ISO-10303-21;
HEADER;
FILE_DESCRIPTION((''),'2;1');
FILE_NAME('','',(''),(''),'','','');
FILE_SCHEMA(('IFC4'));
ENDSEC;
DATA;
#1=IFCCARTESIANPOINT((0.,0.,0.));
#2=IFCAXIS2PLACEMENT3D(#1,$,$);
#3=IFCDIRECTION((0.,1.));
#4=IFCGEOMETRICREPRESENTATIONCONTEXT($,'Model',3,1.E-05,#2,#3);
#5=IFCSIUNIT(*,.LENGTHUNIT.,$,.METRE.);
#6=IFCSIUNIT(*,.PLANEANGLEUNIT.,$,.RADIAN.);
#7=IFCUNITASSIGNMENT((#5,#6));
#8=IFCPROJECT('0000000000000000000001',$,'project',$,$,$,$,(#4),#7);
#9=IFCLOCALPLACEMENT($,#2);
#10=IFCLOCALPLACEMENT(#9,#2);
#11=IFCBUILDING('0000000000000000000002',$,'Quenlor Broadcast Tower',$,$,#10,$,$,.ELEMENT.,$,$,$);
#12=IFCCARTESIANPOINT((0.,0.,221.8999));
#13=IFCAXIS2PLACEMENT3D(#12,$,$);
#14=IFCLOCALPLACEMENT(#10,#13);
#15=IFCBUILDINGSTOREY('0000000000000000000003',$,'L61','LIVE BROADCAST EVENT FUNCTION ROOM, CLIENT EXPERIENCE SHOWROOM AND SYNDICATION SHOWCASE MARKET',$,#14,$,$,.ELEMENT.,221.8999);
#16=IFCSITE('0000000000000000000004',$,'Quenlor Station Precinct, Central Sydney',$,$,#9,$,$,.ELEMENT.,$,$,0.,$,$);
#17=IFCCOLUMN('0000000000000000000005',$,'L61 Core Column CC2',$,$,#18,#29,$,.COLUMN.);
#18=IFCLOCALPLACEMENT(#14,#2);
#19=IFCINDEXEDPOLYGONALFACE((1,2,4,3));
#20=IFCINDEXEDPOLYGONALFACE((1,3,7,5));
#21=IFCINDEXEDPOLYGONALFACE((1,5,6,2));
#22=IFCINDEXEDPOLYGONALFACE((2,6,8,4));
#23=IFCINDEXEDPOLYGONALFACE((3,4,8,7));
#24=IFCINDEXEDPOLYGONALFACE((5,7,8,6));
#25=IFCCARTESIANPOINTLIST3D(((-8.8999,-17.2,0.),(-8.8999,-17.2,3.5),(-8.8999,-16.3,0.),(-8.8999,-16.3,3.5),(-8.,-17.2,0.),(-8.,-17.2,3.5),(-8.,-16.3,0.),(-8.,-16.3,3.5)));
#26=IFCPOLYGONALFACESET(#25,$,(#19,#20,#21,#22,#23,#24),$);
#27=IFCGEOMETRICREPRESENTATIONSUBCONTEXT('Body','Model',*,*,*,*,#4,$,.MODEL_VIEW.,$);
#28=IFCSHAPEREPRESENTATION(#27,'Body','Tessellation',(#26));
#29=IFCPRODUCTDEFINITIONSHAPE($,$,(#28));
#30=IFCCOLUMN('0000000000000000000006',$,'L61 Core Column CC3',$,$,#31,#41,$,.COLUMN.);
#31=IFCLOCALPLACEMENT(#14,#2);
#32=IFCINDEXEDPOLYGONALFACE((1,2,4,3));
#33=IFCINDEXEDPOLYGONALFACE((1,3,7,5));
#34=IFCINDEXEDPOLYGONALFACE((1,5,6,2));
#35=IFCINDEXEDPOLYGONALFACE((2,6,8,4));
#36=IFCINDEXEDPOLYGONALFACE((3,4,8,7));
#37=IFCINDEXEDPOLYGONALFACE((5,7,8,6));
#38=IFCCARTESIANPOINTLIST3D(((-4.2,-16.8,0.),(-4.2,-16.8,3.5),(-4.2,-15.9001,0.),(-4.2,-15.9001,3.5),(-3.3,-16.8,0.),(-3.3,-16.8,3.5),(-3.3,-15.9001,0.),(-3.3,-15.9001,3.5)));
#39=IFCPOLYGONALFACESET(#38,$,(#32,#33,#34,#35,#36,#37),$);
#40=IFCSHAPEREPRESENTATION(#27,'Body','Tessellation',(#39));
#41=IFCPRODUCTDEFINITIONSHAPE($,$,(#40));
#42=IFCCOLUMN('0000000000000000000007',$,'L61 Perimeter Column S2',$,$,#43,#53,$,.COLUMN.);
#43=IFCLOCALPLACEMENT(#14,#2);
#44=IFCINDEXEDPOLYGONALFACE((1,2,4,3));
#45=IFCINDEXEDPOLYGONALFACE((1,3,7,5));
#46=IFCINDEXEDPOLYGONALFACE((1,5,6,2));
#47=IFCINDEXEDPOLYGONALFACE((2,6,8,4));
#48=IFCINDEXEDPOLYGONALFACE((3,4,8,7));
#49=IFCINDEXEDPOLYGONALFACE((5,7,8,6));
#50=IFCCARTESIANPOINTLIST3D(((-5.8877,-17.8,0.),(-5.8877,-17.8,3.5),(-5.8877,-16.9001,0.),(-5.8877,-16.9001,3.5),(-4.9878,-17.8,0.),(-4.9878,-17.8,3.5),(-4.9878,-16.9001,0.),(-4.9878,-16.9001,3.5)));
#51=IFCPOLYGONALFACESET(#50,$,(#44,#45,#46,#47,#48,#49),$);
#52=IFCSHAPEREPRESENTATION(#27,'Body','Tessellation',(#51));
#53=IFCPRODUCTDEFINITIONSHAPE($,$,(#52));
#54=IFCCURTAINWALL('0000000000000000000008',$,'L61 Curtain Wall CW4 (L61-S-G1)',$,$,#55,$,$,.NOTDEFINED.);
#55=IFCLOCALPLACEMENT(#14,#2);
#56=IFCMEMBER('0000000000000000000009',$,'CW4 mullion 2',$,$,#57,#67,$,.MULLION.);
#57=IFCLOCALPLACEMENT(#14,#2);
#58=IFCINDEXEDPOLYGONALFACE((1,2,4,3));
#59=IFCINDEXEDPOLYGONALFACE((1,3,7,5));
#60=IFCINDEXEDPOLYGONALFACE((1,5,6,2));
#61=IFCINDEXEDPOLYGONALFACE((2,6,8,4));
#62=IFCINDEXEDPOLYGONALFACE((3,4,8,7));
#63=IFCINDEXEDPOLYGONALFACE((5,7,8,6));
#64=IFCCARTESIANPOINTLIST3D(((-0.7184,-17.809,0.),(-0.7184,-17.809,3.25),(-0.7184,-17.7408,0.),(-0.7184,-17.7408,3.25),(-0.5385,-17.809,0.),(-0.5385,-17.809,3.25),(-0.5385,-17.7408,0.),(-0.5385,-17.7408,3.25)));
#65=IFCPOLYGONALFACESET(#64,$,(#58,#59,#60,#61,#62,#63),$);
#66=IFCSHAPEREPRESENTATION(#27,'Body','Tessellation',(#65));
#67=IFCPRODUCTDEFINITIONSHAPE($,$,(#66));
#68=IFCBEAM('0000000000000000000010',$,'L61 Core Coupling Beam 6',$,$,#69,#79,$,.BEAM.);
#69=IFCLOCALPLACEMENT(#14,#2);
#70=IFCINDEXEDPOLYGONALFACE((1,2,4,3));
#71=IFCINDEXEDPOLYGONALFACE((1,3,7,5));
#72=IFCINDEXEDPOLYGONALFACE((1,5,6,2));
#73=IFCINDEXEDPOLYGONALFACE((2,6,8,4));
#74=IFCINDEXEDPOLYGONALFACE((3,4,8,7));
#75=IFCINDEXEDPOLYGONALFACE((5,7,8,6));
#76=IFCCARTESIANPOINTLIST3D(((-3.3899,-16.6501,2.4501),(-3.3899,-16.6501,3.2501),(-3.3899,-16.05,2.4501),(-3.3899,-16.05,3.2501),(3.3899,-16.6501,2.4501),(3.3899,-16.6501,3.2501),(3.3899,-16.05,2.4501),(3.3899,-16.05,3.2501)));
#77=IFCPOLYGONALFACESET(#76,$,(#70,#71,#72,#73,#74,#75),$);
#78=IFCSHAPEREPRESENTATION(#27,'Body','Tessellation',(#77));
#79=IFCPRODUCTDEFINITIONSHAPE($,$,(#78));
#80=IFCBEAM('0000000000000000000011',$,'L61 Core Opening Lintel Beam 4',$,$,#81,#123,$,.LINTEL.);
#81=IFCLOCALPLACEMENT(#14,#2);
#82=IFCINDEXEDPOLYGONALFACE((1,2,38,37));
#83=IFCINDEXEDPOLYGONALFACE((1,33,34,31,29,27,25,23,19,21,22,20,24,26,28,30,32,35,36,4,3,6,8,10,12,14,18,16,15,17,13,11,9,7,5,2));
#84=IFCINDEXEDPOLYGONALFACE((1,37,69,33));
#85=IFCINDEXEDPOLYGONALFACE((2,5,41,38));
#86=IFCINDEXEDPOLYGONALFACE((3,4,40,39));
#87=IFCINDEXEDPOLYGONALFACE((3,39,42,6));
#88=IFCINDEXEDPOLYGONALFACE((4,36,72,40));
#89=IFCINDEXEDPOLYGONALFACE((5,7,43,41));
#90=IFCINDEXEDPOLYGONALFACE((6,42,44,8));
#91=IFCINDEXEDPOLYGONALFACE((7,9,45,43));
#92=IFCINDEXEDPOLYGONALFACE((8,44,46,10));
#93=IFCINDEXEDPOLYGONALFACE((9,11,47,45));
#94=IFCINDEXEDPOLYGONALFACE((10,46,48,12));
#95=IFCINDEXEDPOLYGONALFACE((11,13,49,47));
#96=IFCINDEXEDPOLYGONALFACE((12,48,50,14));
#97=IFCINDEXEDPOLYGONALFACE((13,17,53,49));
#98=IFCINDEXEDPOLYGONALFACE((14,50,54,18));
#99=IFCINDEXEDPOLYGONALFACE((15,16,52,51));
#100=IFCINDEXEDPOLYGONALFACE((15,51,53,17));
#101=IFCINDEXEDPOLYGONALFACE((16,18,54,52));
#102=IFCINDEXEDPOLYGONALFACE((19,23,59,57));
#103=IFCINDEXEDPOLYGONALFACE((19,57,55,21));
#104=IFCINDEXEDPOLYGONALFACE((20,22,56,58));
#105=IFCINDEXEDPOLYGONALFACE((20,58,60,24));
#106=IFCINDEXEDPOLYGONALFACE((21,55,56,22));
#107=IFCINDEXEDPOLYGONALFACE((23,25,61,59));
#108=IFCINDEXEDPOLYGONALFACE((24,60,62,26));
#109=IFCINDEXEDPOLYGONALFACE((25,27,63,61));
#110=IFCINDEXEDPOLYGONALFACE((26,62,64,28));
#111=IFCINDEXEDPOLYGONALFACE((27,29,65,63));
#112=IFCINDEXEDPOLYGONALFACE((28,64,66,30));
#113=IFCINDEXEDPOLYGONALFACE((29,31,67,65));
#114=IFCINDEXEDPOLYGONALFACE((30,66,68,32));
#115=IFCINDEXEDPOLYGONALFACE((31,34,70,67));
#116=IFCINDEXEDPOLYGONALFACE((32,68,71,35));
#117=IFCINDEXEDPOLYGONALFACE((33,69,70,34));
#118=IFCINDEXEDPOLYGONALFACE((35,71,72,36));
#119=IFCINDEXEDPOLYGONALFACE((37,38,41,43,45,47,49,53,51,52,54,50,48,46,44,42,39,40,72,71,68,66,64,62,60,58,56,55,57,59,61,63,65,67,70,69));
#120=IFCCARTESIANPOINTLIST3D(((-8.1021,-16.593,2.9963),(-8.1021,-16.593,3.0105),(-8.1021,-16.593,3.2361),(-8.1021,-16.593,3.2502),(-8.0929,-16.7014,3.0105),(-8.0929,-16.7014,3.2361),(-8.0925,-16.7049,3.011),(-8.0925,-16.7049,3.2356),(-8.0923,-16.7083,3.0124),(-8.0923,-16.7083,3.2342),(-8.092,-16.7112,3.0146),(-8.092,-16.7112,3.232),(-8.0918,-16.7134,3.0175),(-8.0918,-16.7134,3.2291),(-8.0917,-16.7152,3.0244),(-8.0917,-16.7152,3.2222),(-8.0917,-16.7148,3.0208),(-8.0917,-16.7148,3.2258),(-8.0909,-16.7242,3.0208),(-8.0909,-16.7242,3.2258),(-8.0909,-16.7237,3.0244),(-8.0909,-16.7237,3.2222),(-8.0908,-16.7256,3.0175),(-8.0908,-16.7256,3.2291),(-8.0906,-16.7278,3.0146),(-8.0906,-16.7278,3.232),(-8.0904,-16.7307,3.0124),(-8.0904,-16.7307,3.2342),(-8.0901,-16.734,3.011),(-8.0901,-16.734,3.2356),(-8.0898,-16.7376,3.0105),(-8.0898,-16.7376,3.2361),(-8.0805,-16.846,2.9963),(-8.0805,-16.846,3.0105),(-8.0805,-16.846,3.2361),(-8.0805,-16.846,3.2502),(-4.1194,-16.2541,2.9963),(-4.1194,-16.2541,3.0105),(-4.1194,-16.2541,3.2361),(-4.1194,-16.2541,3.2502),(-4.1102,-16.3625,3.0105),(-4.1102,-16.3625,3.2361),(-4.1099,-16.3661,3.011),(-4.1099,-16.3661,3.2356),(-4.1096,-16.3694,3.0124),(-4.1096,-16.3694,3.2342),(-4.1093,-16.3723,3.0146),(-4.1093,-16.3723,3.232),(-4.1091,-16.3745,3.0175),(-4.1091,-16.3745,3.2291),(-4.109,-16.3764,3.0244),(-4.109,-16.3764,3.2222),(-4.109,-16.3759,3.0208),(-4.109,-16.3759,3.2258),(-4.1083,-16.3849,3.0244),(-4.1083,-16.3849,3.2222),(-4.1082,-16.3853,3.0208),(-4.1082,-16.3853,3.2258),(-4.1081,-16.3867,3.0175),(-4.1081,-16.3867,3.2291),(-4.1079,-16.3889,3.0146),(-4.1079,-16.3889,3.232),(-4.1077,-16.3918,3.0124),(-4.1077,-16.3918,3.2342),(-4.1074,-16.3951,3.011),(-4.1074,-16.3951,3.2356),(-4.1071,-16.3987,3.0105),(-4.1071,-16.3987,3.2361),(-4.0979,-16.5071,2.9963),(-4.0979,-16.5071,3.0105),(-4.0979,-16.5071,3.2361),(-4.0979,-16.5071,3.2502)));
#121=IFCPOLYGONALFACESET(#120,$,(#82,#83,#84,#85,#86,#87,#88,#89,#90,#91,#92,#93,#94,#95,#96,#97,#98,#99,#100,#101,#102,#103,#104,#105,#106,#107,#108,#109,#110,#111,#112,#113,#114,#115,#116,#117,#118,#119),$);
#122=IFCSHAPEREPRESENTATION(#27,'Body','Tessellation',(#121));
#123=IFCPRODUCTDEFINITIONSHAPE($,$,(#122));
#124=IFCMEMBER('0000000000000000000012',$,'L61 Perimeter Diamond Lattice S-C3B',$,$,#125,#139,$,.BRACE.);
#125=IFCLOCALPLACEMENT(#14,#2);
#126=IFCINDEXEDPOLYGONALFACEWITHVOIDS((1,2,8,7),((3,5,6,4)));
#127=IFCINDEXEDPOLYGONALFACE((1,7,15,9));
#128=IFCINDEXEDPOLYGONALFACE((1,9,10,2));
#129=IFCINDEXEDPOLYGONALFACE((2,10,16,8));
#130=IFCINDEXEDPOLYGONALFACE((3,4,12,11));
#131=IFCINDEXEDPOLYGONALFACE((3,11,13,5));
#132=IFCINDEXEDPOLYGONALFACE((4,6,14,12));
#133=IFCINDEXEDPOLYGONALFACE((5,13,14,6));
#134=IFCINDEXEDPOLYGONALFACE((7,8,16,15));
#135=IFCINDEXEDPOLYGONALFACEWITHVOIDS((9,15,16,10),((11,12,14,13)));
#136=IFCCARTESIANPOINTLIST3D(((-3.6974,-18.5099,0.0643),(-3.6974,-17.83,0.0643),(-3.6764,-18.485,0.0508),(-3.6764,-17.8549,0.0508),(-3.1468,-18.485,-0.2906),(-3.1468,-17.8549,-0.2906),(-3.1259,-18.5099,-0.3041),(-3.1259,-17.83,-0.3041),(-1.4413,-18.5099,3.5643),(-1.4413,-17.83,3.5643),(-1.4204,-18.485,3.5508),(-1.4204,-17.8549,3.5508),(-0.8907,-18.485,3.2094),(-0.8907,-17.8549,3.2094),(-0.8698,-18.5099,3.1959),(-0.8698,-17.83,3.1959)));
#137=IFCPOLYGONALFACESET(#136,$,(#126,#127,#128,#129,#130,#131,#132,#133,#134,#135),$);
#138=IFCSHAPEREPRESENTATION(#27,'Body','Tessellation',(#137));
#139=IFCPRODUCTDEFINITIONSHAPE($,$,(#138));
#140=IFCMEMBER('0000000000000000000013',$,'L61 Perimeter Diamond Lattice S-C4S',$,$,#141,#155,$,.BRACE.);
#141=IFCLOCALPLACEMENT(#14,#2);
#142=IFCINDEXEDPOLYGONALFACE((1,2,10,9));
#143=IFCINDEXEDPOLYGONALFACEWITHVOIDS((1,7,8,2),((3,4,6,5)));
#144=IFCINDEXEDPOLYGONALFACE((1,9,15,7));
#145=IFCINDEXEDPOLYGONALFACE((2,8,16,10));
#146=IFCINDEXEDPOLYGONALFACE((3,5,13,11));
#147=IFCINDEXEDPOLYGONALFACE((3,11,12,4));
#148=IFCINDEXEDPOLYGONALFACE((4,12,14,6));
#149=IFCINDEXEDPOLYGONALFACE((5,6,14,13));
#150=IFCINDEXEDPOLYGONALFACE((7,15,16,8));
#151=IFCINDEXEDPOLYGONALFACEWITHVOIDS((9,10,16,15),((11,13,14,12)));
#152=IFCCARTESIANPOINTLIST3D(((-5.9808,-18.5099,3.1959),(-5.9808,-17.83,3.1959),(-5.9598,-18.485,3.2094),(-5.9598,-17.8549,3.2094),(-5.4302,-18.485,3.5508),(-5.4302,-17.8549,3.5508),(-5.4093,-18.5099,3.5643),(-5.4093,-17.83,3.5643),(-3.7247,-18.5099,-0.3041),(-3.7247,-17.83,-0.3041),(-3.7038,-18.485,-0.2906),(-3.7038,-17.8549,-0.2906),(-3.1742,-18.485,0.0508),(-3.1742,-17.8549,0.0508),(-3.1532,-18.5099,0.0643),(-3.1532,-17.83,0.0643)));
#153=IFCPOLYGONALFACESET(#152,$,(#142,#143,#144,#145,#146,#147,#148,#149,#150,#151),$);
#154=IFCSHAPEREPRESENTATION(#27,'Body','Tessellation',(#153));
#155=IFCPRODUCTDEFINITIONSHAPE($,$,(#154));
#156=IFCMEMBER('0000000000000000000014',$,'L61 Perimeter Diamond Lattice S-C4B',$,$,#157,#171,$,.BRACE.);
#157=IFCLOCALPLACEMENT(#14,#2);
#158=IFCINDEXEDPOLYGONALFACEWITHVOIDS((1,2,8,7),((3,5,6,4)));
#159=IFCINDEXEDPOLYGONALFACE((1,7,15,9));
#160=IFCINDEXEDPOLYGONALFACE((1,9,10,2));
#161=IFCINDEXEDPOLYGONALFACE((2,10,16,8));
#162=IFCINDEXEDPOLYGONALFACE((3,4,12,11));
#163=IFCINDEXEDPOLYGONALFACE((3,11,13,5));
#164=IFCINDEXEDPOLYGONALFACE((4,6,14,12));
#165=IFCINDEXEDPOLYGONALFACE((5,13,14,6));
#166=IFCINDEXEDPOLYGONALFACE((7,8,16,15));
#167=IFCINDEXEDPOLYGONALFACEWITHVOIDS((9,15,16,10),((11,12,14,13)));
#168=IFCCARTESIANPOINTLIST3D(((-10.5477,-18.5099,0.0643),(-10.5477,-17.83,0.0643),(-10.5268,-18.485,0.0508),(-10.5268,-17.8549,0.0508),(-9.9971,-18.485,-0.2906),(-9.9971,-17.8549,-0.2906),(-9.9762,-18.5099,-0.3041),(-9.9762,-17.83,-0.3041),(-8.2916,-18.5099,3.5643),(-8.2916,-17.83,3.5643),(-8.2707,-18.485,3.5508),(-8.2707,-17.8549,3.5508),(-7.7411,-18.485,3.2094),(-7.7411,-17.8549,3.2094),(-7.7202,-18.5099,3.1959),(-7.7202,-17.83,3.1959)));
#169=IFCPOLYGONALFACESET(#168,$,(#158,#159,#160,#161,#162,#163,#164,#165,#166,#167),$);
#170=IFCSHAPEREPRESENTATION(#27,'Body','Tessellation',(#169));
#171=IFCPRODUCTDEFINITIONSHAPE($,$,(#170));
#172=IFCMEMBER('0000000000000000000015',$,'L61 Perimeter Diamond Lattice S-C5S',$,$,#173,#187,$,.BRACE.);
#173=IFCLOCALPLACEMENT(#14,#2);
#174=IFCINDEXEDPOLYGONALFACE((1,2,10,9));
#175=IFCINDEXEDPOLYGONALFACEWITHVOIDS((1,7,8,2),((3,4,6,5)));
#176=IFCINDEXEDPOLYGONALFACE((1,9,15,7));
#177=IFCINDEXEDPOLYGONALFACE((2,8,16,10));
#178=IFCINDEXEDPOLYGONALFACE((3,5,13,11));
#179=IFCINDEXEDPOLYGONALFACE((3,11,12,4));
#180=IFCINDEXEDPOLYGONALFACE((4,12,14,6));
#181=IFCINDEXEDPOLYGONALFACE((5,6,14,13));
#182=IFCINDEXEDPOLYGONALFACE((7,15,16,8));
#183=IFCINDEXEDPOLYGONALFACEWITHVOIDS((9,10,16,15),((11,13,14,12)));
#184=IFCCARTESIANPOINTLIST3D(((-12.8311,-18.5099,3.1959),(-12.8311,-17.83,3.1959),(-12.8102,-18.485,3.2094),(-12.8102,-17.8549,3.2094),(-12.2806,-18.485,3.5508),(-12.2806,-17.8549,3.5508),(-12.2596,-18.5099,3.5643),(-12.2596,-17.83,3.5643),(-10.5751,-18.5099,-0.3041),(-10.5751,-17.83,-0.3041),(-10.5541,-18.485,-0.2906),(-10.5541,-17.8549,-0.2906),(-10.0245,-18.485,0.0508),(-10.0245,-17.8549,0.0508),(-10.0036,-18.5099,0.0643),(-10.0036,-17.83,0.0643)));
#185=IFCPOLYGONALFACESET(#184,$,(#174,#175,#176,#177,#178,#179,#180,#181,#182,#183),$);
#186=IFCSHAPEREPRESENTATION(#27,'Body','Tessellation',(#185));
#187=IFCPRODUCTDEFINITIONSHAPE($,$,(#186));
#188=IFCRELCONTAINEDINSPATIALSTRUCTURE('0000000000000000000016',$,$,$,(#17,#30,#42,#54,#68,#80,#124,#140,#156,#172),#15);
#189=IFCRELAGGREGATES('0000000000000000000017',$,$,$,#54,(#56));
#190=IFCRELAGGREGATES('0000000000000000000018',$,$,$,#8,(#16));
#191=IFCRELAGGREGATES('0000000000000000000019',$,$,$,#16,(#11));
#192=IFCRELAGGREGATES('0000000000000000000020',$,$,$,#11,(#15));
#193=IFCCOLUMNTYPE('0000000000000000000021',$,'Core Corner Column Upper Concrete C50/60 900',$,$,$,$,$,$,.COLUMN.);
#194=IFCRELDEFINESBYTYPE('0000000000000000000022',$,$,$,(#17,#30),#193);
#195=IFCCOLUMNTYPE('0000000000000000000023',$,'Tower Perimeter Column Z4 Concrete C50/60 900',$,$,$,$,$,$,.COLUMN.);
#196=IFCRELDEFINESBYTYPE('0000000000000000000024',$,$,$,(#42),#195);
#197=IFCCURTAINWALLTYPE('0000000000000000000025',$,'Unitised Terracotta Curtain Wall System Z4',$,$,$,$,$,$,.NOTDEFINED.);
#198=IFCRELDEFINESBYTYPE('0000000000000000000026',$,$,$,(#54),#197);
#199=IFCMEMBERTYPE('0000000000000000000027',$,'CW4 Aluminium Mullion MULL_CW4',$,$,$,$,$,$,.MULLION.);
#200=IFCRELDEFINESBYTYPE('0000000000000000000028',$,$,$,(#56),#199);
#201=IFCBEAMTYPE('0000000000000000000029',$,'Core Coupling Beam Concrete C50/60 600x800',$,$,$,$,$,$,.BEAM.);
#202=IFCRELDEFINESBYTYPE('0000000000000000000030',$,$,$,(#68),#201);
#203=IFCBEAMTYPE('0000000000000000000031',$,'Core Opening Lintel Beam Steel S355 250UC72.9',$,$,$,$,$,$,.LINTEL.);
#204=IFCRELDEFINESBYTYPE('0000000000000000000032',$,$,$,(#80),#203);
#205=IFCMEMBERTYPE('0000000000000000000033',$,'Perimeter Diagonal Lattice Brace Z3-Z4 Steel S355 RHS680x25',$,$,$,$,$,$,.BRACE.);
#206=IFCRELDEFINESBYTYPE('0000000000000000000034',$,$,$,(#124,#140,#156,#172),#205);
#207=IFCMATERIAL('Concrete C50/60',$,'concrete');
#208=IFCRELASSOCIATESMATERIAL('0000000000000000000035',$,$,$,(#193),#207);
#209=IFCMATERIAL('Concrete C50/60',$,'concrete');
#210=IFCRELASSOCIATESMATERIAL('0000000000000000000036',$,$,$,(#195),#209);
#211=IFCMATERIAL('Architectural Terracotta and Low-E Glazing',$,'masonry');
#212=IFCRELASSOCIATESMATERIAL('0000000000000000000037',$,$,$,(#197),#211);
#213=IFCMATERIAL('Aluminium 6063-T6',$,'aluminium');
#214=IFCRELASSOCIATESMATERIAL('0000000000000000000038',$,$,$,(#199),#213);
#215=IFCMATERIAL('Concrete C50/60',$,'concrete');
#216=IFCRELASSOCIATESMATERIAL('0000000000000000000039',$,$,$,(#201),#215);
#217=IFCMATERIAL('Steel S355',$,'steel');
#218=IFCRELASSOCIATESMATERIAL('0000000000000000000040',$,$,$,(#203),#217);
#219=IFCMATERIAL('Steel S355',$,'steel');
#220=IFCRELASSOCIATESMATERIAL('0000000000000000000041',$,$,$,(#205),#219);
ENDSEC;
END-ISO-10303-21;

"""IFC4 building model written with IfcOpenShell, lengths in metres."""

from ifc_helpers import new_model, si_unit, direction, frame, origin, origin_2d, place, context, subcontext, project, spatial, rectangle, hollow_rectangle, i_section, extrude, material, material_profile, profile_set, type_object, element, aggregate, save


model = new_model("IFC4")

# Units and contexts
model_context = context("Model", 3, precision=1e-05, world=origin(), true_north=direction((0.0, 1.0)))
body_context = subcontext(model_context, "Body", "Model", "MODEL_VIEW")
ifc_project = project(units=[si_unit("LENGTHUNIT", "METRE"), si_unit("PLANEANGLEUNIT", "RADIAN")], contexts=[model_context])

# Site, building, storey
site_placement = place(None, origin())
site = spatial("IfcSite", under=ifc_project, at=site_placement, Name="Quenlor Station Precinct, Central Sydney", CompositionType="ELEMENT", RefElevation=0.0)
building_placement = place(site_placement, origin())
building = spatial("IfcBuilding", under=site, at=building_placement, Name="Quenlor Broadcast Tower", CompositionType="ELEMENT")
storey_placement = place(building_placement, frame((0.0, 0.0, 221.8999)))
storey = spatial("IfcBuildingStorey", under=building, at=storey_placement, Name="L61", Description="LIVE BROADCAST EVENT FUNCTION ROOM, CLIENT EXPERIENCE SHOWROOM AND SYNDICATION SHOWCASE MARKET", CompositionType="ELEMENT", Elevation=221.8999)

# Columns
ifc_material_1 = material(Name="Concrete C50/60", Category="concrete")
ifc_material_profile_1 = material_profile(ifc_material_1, rectangle(XDim=0.8999, YDim=0.8999, at=origin_2d()))
ifc_profile_set_1 = profile_set([ifc_material_profile_1], Name="Concrete C50/60 RC900x900")
column_type_1 = type_object("IfcColumnType", Name="Core Corner Column Upper Concrete C50/60 900", PredefinedType="COLUMN", material=ifc_profile_set_1)
for number, where, z_axis, x_axis, name in (
    (1, (-8.45, -16.75, 0.0), (0.0, 0.0, 1.0), (1.0, 0.0, 0.0), "L61 Core Column CC2"),
    (2, (-3.75, -16.3501, 0.0), (0.0, 0.0, 1.0), (1.0, 0.0, 0.0), "L61 Core Column CC3"),
):
    element("IfcColumn", number, at=place(storey_placement, frame(where, z_axis=z_axis, x_axis=x_axis)), inside=storey, type_object=column_type_1, Name=name, PredefinedType="COLUMN", context=body_context, shape_type="SweptSolid", body=[
        extrude(rectangle(XDim=0.8999, YDim=0.8999, at=origin_2d()), origin(), (0.0, 0.0, 1.0), 3.5),
    ])
ifc_material_2 = material(Name="Concrete C50/60", Category="concrete")
ifc_material_profile_2 = material_profile(ifc_material_2, rectangle(XDim=0.8999, YDim=0.8999, at=origin_2d()))
ifc_profile_set_2 = profile_set([ifc_material_profile_2], Name="Concrete C50/60 RC900x900")
column_type_2 = type_object("IfcColumnType", Name="Tower Perimeter Column Z4 Concrete C50/60 900", PredefinedType="COLUMN", material=ifc_profile_set_2)
column_placement = place(storey_placement, frame((-5.4377, -17.3501, 0.0), z_axis=(0.0, 0.0, 1.0), x_axis=(0.0, 1.0, 0.0)))
element("IfcColumn", 3, at=column_placement, inside=storey, type_object=column_type_2, Name="L61 Perimeter Column S2", PredefinedType="COLUMN", context=body_context, shape_type="SweptSolid", body=[
    extrude(rectangle(XDim=0.8999, YDim=0.8999, at=origin_2d()), origin(), (0.0, 0.0, 1.0), 3.5),
])

# Curtain wall, member
ifc_material_3 = material(Name="Architectural Terracotta and Low-E Glazing", Category="masonry")
curtain_wall_type = type_object("IfcCurtainWallType", Name="Unitised Terracotta Curtain Wall System Z4", PredefinedType="NOTDEFINED", material=ifc_material_3)
curtain_wall_placement = place(storey_placement, origin())
curtain_wall = element("IfcCurtainWall", 4, at=curtain_wall_placement, inside=storey, type_object=curtain_wall_type, Name="L61 Curtain Wall CW4 (L61-S-G1)", PredefinedType="NOTDEFINED")
ifc_material_4 = material(Name="Aluminium 6063-T6", Category="aluminium")
ifc_material_profile_3 = material_profile(ifc_material_4, rectangle(XDim=0.0681, YDim=0.1799, at=origin_2d()))
ifc_profile_set_3 = profile_set([ifc_material_profile_3], Name="Aluminium 6063-T6 MULL68x180")
member_type_1 = type_object("IfcMemberType", Name="CW4 Aluminium Mullion MULL_CW4", PredefinedType="MULLION", material=ifc_profile_set_3)
member_placement = place(storey_placement, frame((-0.6284, -17.7749, 0.0), z_axis=(0.0, 0.0, 1.0), x_axis=(0.0, -1.0, 0.0)))
member = element("IfcMember", 5, at=member_placement, type_object=member_type_1, Name="CW4 mullion 2", PredefinedType="MULLION", context=body_context, shape_type="SweptSolid", body=[
    extrude(rectangle(XDim=0.0681, YDim=0.1799, at=origin_2d()), origin(), (0.0, 0.0, 1.0), 3.25),
])

# Beams
ifc_material_5 = material(Name="Concrete C50/60", Category="concrete")
ifc_material_profile_4 = material_profile(ifc_material_5, rectangle(XDim=0.6001, YDim=0.8, at=origin_2d()))
ifc_profile_set_4 = profile_set([ifc_material_profile_4], Name="Concrete C50/60 RCB600x800")
beam_type_1 = type_object("IfcBeamType", Name="Core Coupling Beam Concrete C50/60 600x800", PredefinedType="BEAM", material=ifc_profile_set_4)
beam_1_placement = place(storey_placement, frame((-3.3899, -16.3501, 2.8501), z_axis=(1.0, 0.0, 0.0), x_axis=(0.0, 1.0, 0.0)))
element("IfcBeam", 6, at=beam_1_placement, inside=storey, type_object=beam_type_1, Name="L61 Core Coupling Beam 6", PredefinedType="BEAM", context=body_context, shape_type="SweptSolid", body=[
    extrude(rectangle(XDim=0.6001, YDim=0.8, at=origin_2d()), origin(), (0.0, 0.0, 1.0), 6.7798),
])
ifc_material_6 = material(Name="Steel S355", Category="steel")
ifc_material_profile_5 = material_profile(ifc_material_6, i_section(OverallWidth=0.2539, OverallDepth=0.2539, WebThickness=0.0085, FlangeThickness=0.0142, FilletRadius=0.0139, at=origin_2d()))
ifc_profile_set_5 = profile_set([ifc_material_profile_5], Name="Steel S355 250UC72.9")
beam_type_2 = type_object("IfcBeamType", Name="Core Opening Lintel Beam Steel S355 250UC72.9", PredefinedType="LINTEL", material=ifc_profile_set_5)
beam_2_placement = place(storey_placement, frame((-8.0913, -16.7195, 3.1233), z_axis=(0.9964, 0.084779, 0.0), x_axis=(-0.084779, 0.9964, 0.0)))
element("IfcBeam", 7, at=beam_2_placement, inside=storey, type_object=beam_type_2, Name="L61 Core Opening Lintel Beam 4", PredefinedType="LINTEL", context=body_context, shape_type="SweptSolid", body=[
    extrude(i_section(OverallWidth=0.2539, OverallDepth=0.2539, WebThickness=0.0085, FlangeThickness=0.0142, FilletRadius=0.0139, at=origin_2d()), origin(), (0.0, 0.0, 1.0), 3.9971),
])

# Members
ifc_material_7 = material(Name="Steel S355", Category="steel")
ifc_material_profile_6 = material_profile(ifc_material_7, hollow_rectangle(XDim=0.6799, YDim=0.6799, WallThickness=0.0249, at=origin_2d()))
ifc_profile_set_6 = profile_set([ifc_material_profile_6], Name="Steel S355 RHS680x680x25")
member_type_2 = type_object("IfcMemberType", Name="Perimeter Diagonal Lattice Brace Z3-Z4 Steel S355 RHS680x25", PredefinedType="BRACE", material=ifc_profile_set_6)
for number, where, z_axis, x_axis, name in (
    (8, (-3.4116, -18.1699, -0.1199), (0.541794, 0.0, 0.840511), (0.0, 1.0, 0.0), "L61 Perimeter Diamond Lattice S-C3B"),
    (9, (-3.439, -18.1699, -0.1199), (-0.541794, 0.0, 0.840511), (0.0, -1.0, 0.0), "L61 Perimeter Diamond Lattice S-C4S"),
    (10, (-10.262, -18.1699, -0.1199), (0.541794, 0.0, 0.840511), (0.0, 1.0, 0.0), "L61 Perimeter Diamond Lattice S-C4B"),
    (11, (-10.2893, -18.1699, -0.1199), (-0.541794, 0.0, 0.840511), (0.0, -1.0, 0.0), "L61 Perimeter Diamond Lattice S-C5S"),
):
    element("IfcMember", number, at=place(storey_placement, frame(where, z_axis=z_axis, x_axis=x_axis)), inside=storey, type_object=member_type_2, Name=name, PredefinedType="BRACE", context=body_context, shape_type="SweptSolid", body=[
        extrude(hollow_rectangle(XDim=0.6799, YDim=0.6799, WallThickness=0.0249, at=origin_2d()), origin(), (0.0, 0.0, 1.0), 4.1641),
    ])

aggregate(curtain_wall, [member])

save(model, "model.ifc")
